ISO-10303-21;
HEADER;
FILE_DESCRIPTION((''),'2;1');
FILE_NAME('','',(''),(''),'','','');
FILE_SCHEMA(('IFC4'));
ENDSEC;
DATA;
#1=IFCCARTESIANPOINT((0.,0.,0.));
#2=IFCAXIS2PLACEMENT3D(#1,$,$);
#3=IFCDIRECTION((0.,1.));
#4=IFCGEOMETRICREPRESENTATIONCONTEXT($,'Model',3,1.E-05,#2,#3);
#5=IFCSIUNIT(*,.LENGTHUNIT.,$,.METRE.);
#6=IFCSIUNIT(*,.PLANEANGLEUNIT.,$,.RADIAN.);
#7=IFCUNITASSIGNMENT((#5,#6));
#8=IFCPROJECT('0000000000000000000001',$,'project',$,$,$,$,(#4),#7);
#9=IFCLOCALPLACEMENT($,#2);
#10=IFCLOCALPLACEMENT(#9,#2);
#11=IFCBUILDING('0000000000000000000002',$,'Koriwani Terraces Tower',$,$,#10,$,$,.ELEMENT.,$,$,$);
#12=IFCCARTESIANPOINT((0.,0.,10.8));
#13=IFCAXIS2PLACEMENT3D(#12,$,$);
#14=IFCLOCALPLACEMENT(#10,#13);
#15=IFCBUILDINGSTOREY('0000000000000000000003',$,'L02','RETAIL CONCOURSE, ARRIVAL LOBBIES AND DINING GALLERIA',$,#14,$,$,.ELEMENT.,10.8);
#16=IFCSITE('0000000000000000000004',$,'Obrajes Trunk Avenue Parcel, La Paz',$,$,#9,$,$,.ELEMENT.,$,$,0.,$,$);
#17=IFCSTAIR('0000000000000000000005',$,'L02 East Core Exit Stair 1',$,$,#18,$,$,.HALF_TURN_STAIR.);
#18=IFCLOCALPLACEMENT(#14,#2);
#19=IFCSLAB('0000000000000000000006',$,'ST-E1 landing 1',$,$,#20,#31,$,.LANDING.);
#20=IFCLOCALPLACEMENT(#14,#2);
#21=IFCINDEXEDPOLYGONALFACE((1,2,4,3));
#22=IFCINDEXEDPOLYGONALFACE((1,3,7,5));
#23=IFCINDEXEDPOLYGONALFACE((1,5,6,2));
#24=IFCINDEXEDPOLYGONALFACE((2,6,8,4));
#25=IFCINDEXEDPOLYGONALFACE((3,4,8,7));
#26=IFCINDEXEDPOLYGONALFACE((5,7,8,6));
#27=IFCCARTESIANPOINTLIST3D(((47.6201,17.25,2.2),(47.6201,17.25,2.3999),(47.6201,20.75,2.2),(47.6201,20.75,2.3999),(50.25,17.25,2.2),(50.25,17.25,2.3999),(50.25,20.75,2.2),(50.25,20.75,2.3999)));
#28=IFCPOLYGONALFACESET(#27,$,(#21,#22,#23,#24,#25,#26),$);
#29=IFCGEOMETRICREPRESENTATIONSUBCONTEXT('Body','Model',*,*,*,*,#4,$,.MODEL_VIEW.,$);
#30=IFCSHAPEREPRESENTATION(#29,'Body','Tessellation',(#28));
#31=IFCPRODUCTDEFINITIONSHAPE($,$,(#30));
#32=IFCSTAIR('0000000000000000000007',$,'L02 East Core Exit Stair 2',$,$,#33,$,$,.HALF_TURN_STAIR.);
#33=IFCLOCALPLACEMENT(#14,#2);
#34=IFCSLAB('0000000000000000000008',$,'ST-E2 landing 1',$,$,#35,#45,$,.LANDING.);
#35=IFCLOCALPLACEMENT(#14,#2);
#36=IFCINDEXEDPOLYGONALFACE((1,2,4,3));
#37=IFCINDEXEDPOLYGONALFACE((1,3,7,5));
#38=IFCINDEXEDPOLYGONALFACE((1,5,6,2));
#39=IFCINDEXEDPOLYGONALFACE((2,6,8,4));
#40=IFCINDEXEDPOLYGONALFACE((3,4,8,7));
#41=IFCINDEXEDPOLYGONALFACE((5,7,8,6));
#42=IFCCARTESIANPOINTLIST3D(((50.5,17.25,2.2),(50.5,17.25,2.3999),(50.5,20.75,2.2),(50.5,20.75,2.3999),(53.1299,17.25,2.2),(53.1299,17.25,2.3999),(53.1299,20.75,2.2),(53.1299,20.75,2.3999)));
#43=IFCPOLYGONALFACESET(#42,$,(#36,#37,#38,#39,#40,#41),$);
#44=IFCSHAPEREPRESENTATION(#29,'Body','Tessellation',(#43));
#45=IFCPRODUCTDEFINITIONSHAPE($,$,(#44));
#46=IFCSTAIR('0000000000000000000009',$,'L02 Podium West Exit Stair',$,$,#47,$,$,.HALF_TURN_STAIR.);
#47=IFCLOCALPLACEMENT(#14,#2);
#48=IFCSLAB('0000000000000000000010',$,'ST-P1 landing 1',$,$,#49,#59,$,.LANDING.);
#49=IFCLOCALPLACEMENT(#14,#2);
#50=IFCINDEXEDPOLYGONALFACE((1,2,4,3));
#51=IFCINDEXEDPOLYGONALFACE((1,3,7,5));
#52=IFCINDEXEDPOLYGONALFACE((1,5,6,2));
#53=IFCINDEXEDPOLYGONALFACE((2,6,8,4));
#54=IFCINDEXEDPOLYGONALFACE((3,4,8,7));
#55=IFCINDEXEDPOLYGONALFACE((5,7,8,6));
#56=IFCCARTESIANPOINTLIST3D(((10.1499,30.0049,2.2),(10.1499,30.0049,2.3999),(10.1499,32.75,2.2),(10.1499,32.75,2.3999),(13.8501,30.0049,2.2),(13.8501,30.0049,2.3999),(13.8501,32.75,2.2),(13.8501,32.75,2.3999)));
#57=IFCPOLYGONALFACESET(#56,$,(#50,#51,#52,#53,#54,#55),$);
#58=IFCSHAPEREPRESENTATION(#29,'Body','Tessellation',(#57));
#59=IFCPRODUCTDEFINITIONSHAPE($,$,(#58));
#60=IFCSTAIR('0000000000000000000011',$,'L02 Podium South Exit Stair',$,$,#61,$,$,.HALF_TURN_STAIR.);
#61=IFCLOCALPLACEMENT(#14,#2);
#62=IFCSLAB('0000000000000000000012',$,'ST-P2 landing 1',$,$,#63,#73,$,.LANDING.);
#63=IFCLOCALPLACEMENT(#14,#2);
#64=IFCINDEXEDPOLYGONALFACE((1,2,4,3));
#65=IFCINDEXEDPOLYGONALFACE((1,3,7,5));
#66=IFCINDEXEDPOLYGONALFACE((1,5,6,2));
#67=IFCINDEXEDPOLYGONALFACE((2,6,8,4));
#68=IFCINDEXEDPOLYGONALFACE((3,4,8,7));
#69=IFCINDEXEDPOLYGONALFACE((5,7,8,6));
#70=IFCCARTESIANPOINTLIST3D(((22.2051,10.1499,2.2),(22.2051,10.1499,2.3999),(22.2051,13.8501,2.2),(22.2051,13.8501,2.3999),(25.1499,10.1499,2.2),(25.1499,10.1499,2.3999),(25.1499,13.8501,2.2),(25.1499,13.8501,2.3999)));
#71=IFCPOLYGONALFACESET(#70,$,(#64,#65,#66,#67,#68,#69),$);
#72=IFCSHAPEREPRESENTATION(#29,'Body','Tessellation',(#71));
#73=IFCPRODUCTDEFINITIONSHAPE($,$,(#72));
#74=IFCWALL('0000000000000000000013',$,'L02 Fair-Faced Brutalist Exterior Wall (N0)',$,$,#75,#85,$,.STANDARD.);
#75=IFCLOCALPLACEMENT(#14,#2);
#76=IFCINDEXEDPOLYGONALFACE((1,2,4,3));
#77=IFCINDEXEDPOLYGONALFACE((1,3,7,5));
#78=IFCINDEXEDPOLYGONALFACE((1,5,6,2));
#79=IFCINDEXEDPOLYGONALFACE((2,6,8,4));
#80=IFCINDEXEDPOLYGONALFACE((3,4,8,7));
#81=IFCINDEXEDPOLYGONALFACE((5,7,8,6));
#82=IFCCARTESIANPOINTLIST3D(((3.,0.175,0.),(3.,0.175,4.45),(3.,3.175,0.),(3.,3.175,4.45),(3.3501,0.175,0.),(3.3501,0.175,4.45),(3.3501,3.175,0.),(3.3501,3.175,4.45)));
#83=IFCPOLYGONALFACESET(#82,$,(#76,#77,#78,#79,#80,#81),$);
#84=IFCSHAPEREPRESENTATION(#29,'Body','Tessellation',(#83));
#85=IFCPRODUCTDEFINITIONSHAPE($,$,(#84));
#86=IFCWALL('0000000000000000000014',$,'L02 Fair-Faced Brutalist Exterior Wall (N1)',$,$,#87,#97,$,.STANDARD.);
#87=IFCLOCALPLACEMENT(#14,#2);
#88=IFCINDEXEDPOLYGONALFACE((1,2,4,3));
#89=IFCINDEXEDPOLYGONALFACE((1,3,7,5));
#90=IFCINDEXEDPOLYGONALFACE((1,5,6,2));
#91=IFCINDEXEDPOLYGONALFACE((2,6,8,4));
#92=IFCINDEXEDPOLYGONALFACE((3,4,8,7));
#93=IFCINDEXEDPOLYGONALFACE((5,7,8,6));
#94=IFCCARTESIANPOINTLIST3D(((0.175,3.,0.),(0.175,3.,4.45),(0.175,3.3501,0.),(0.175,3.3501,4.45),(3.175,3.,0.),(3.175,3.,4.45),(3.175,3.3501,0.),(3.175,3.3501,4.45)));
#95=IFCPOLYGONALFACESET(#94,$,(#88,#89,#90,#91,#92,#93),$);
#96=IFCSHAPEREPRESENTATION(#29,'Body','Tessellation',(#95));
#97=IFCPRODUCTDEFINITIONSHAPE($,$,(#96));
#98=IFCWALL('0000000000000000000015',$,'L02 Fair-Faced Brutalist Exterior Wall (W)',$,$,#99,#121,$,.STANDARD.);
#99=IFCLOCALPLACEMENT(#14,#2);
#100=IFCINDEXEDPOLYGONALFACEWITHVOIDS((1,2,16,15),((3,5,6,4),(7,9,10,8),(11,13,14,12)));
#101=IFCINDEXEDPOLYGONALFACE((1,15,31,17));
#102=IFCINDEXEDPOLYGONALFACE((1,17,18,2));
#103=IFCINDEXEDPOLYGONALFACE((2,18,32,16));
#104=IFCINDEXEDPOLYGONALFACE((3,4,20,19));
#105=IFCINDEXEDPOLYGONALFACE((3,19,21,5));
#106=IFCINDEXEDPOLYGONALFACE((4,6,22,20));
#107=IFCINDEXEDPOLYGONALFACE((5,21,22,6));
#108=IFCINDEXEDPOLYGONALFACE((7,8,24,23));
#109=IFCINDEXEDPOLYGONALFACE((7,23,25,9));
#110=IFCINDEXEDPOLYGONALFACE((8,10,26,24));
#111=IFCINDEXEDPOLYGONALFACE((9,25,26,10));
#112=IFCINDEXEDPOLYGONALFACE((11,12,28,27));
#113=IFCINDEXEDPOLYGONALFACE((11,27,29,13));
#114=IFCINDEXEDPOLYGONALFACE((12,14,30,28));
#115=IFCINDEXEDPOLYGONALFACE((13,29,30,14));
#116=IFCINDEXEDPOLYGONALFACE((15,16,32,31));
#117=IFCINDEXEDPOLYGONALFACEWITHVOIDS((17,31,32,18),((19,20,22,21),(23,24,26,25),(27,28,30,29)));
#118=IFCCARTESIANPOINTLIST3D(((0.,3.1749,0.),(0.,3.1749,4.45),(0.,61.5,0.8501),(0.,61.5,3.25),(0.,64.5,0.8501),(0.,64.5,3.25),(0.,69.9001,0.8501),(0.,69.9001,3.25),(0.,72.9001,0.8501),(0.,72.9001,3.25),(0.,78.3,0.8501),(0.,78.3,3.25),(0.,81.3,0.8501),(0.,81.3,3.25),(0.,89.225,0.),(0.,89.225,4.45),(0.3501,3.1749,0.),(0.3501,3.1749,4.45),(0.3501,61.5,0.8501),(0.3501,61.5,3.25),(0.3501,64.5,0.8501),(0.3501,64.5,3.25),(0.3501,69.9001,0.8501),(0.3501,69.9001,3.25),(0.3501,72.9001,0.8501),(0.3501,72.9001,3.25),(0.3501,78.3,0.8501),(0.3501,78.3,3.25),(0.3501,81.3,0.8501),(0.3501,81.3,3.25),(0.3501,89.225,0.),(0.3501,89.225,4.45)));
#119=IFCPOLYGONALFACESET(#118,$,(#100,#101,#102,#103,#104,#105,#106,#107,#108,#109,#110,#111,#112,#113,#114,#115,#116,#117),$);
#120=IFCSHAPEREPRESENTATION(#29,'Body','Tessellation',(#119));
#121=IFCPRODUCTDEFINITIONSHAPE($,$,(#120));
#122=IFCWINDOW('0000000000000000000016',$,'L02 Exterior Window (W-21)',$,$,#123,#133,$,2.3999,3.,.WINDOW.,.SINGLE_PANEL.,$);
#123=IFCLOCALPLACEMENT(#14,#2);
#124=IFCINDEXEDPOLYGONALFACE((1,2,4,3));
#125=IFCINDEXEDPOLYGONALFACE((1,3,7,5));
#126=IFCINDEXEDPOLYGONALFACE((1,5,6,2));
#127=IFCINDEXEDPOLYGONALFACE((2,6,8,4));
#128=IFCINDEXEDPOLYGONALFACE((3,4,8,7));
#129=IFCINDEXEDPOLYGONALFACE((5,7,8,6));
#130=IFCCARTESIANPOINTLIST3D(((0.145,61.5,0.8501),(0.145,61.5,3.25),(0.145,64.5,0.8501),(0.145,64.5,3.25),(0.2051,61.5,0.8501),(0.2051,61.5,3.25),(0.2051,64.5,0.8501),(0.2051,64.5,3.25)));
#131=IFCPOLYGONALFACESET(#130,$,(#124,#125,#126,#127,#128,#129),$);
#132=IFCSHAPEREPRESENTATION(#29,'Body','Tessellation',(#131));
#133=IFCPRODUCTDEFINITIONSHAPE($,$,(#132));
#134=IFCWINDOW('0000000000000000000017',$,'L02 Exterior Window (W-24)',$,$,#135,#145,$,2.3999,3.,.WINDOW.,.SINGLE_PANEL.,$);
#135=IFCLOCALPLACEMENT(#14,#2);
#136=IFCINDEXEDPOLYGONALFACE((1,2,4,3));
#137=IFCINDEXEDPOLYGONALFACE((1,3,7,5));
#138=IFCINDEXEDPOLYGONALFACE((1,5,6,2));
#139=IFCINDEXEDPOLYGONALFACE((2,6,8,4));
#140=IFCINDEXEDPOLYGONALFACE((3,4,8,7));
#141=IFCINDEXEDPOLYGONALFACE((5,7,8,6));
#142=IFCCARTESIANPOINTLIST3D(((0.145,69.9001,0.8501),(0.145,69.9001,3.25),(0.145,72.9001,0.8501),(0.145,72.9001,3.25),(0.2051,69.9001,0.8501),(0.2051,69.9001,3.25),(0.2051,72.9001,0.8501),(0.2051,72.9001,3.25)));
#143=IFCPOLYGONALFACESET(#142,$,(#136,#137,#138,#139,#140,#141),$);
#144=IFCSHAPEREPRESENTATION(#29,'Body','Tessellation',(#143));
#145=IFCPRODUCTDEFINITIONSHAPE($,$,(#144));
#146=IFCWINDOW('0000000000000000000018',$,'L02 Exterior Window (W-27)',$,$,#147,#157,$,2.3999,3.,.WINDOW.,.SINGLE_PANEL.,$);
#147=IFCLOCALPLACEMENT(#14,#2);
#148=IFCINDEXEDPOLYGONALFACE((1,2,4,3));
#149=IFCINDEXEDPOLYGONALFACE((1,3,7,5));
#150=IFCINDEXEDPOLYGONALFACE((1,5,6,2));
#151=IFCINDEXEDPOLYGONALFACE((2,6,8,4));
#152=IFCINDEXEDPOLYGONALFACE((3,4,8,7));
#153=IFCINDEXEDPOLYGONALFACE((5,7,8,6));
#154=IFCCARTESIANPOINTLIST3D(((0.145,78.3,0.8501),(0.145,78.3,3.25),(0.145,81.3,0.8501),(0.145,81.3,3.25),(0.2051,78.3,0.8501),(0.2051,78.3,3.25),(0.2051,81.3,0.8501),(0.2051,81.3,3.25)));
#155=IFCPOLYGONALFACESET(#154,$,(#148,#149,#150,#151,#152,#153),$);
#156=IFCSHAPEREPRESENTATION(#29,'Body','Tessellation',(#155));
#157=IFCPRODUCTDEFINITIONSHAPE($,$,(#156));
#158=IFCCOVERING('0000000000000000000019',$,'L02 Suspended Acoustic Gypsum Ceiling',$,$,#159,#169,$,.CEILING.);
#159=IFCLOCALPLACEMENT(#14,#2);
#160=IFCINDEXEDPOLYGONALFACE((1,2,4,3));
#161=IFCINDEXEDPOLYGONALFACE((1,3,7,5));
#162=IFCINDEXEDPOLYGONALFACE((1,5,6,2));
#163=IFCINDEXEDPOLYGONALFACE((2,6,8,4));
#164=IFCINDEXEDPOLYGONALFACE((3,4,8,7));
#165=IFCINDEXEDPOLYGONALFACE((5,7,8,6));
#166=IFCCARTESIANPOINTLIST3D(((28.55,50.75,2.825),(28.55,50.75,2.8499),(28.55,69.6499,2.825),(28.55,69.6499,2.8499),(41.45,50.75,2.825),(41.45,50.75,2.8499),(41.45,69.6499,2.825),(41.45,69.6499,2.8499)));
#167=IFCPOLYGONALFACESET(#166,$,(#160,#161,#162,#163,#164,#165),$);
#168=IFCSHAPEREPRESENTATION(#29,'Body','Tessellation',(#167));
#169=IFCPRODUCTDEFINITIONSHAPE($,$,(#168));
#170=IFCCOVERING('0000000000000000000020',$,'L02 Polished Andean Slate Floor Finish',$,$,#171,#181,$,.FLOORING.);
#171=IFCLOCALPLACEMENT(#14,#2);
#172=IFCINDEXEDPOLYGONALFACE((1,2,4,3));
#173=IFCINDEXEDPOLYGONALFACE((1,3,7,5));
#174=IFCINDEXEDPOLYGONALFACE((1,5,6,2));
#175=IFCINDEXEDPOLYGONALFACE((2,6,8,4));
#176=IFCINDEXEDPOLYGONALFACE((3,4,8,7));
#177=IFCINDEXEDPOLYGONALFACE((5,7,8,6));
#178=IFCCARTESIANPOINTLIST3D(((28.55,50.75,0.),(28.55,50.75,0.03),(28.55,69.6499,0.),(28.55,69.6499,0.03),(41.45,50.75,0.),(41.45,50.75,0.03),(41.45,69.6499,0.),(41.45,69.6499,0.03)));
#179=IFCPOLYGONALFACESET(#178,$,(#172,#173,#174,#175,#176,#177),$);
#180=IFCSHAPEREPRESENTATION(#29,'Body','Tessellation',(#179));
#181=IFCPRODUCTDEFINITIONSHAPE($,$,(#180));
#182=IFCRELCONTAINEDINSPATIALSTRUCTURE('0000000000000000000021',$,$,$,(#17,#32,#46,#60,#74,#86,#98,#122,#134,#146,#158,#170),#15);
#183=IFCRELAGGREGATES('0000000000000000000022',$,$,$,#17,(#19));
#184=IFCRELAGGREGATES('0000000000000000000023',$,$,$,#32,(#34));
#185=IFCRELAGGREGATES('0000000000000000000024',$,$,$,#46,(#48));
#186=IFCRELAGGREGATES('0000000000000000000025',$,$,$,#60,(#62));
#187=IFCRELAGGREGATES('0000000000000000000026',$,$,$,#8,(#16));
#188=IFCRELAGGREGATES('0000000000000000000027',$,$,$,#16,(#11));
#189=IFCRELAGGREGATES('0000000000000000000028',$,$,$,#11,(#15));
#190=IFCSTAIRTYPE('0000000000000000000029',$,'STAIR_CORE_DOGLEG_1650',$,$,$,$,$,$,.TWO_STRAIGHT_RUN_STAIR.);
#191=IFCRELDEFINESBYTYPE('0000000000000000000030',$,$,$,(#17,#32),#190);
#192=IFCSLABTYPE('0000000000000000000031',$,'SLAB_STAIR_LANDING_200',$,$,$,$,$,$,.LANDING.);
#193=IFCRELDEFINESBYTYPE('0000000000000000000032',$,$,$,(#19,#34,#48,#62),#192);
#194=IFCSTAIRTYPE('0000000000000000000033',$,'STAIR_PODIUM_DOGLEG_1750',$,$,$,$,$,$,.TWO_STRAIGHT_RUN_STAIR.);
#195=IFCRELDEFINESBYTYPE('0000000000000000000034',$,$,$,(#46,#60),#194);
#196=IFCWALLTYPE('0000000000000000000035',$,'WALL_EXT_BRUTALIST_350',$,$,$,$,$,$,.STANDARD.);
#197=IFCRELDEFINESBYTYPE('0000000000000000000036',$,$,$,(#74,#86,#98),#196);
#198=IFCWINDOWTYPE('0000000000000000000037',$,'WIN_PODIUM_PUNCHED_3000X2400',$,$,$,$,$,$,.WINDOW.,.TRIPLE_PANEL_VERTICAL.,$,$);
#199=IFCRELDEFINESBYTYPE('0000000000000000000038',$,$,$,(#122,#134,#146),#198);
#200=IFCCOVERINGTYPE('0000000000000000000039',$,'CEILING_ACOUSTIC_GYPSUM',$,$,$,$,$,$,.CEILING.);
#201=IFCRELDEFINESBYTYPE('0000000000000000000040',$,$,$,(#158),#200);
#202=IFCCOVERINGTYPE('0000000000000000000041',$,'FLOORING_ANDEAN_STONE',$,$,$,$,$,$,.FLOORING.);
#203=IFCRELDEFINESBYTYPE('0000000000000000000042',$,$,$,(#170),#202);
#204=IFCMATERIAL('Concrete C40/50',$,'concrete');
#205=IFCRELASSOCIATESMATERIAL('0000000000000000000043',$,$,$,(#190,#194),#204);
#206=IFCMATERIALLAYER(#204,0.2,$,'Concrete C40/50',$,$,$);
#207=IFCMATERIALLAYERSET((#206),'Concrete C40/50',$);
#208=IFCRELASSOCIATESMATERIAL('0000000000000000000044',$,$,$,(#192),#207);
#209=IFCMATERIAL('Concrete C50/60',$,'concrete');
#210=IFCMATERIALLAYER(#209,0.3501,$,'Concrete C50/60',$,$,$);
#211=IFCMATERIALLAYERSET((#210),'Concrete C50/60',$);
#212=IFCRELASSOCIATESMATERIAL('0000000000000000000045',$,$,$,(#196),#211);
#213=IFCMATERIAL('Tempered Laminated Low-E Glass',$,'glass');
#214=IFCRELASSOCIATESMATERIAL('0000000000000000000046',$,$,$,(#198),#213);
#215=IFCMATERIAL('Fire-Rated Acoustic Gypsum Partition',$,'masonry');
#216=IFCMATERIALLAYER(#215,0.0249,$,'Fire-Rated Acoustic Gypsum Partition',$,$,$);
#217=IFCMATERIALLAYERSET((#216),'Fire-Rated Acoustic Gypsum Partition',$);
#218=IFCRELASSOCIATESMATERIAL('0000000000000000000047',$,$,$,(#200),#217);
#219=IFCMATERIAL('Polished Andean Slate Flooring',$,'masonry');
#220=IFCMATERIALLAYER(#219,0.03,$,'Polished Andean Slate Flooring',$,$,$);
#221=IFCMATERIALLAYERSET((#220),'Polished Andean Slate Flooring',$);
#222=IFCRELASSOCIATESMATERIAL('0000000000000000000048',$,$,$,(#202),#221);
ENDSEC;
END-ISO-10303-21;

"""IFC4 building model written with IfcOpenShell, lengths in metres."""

from ifc_helpers import new_model, si_unit, direction, frame, frame_2d, origin, place, context, subcontext, project, spatial, polyline, rectangle, outline, extrude, material, layer, layer_set, type_object, element, fill, aggregate, save


model = new_model("IFC4")

# Units and contexts
model_context = context("Model", 3, precision=1e-05, world=origin(), true_north=direction((0.0, 1.0)))
body_context = subcontext(model_context, "Body", "Model", "MODEL_VIEW")
ifc_project = project(units=[si_unit("LENGTHUNIT", "METRE"), si_unit("PLANEANGLEUNIT", "RADIAN")], contexts=[model_context])

# Site, building, storey
site_placement = place(None, origin())
site = spatial("IfcSite", under=ifc_project, at=site_placement, Name="Obrajes Trunk Avenue Parcel, La Paz", CompositionType="ELEMENT", RefElevation=0.0)
building_placement = place(site_placement, origin())
building = spatial("IfcBuilding", under=site, at=building_placement, Name="Koriwani Terraces Tower", CompositionType="ELEMENT")
storey_placement = place(building_placement, frame((0.0, 0.0, 10.8)))
storey = spatial("IfcBuildingStorey", under=building, at=storey_placement, Name="L02", Description="RETAIL CONCOURSE, ARRIVAL LOBBIES AND DINING GALLERIA", CompositionType="ELEMENT", Elevation=10.8)

# Shared definitions
ifc_material_1 = material(Name="Concrete C50/60", Category="concrete")

# Stairs, slabs
ifc_material_2 = material(Name="Concrete C40/50", Category="concrete")
stair_type_1 = type_object("IfcStairType", Name="STAIR_CORE_DOGLEG_1650", PredefinedType="TWO_STRAIGHT_RUN_STAIR", material=ifc_material_2)
ifc_layer_1 = layer(ifc_material_2, 0.2, Name="Concrete C40/50")
ifc_layer_set_1 = layer_set([ifc_layer_1], Name="Concrete C40/50")
slab_type_1 = type_object("IfcSlabType", Name="SLAB_STAIR_LANDING_200", PredefinedType="LANDING", material=ifc_layer_set_1)
stair_1_placement = place(storey_placement, origin())
stair_1 = element("IfcStair", 1, at=stair_1_placement, inside=storey, type_object=stair_type_1, Name="L02 East Core Exit Stair 1", PredefinedType="HALF_TURN_STAIR")
slab_1_placement = place(storey_placement, frame((0.0, 0.0, 2.2)))
slab_1 = element("IfcSlab", 2, at=slab_1_placement, type_object=slab_type_1, Name="ST-E1 landing 1", PredefinedType="LANDING", context=body_context, shape_type="SweptSolid", body=[
    extrude(outline(polyline([(47.6201, 17.25), (50.25, 17.25), (50.25, 20.75), (47.6201, 20.75), (47.6201, 17.25)])), origin(), (0.0, 0.0, 1.0), 0.2),
])
aggregate(stair_1, [slab_1])
stair_2_placement = place(storey_placement, origin())
stair_2 = element("IfcStair", 3, at=stair_2_placement, inside=storey, type_object=stair_type_1, Name="L02 East Core Exit Stair 2", PredefinedType="HALF_TURN_STAIR")
slab_2_placement = place(storey_placement, frame((0.0, 0.0, 2.2)))
slab_2 = element("IfcSlab", 4, at=slab_2_placement, type_object=slab_type_1, Name="ST-E2 landing 1", PredefinedType="LANDING", context=body_context, shape_type="SweptSolid", body=[
    extrude(outline(polyline([(53.1299, 20.75), (50.5, 20.75), (50.5, 17.25), (53.1299, 17.25), (53.1299, 20.75)])), origin(), (0.0, 0.0, 1.0), 0.2),
])
aggregate(stair_2, [slab_2])
stair_type_2 = type_object("IfcStairType", Name="STAIR_PODIUM_DOGLEG_1750", PredefinedType="TWO_STRAIGHT_RUN_STAIR", material=ifc_material_2)
stair_3_placement = place(storey_placement, origin())
stair_3 = element("IfcStair", 5, at=stair_3_placement, inside=storey, type_object=stair_type_2, Name="L02 Podium West Exit Stair", PredefinedType="HALF_TURN_STAIR")
slab_3_placement = place(storey_placement, frame((0.0, 0.0, 2.2)))
slab_3 = element("IfcSlab", 6, at=slab_3_placement, type_object=slab_type_1, Name="ST-P1 landing 1", PredefinedType="LANDING", context=body_context, shape_type="SweptSolid", body=[
    extrude(outline(polyline([(13.8501, 30.0049), (13.8501, 32.75), (10.1499, 32.75), (10.1499, 30.0049), (13.8501, 30.0049)])), origin(), (0.0, 0.0, 1.0), 0.2),
])
aggregate(stair_3, [slab_3])
stair_4_placement = place(storey_placement, origin())
stair_4 = element("IfcStair", 7, at=stair_4_placement, inside=storey, type_object=stair_type_2, Name="L02 Podium South Exit Stair", PredefinedType="HALF_TURN_STAIR")
slab_4_placement = place(storey_placement, frame((0.0, 0.0, 2.2)))
slab_4 = element("IfcSlab", 8, at=slab_4_placement, type_object=slab_type_1, Name="ST-P2 landing 1", PredefinedType="LANDING", context=body_context, shape_type="SweptSolid", body=[
    extrude(outline(polyline([(22.2051, 10.1499), (25.1499, 10.1499), (25.1499, 13.8501), (22.2051, 13.8501), (22.2051, 10.1499)])), origin(), (0.0, 0.0, 1.0), 0.2),
])
aggregate(stair_4, [slab_4])

# Walls
ifc_layer_2 = layer(ifc_material_1, 0.3501, Name="Concrete C50/60")
ifc_layer_set_2 = layer_set([ifc_layer_2], Name="Concrete C50/60")
wall_type = type_object("IfcWallType", Name="WALL_EXT_BRUTALIST_350", PredefinedType="STANDARD", material=ifc_layer_set_2)
for number, where, z_axis, x_axis, name in (
    (9, (3.175, 0.175, 0.0), (0.0, 0.0, 1.0), (0.0, 1.0, 0.0), "L02 Fair-Faced Brutalist Exterior Wall (N0)"),
    (10, (3.175, 3.175, 0.0), (0.0, 0.0, 1.0), (-1.0, 0.0, 0.0), "L02 Fair-Faced Brutalist Exterior Wall (N1)"),
):
    element("IfcWall", number, at=place(storey_placement, frame(where, z_axis=z_axis, x_axis=x_axis)), inside=storey, type_object=wall_type, Name=name, PredefinedType="STANDARD", context=body_context, shape_type="SweptSolid", body=[
        extrude(rectangle(XDim=3.0, YDim=0.3501, at=frame_2d((1.5, 0.0))), origin(), (0.0, 0.0, 1.0), 4.45),
    ])

# Wall, openings, windows
wall_placement = place(storey_placement, frame((0.175, 3.175, 0.0), z_axis=(0.0, 0.0, 1.0), x_axis=(0.0, 1.0, 0.0)))
wall = element("IfcWall", 11, at=wall_placement, inside=storey, type_object=wall_type, Name="L02 Fair-Faced Brutalist Exterior Wall (W)", PredefinedType="STANDARD", context=body_context, shape_type="SweptSolid", body=[
    extrude(rectangle(XDim=86.05, YDim=0.3501, at=frame_2d((43.0249, 0.0))), origin(), (0.0, 0.0, 1.0), 4.45),
])
opening_1_placement = place(wall_placement, frame((58.325, 0.0, 0.8501)))
opening_1 = element("IfcOpeningElement", 12, at=opening_1_placement, cuts=wall, PredefinedType="OPENING", context=body_context, shape_type="SweptSolid", body=[
    extrude(rectangle(XDim=3.0, YDim=2.3999, at=frame_2d((1.5, 1.2))), frame((0.0, 0.1851, 0.0), z_axis=(0.0, -1.0, 0.0), x_axis=(1.0, 0.0, 0.0)), (0.0, 0.0, 1.0), 0.3701),
])
opening_2_placement = place(wall_placement, frame((66.7251, 0.0, 0.8501)))
opening_2 = element("IfcOpeningElement", 13, at=opening_2_placement, cuts=wall, PredefinedType="OPENING", context=body_context, shape_type="SweptSolid", body=[
    extrude(rectangle(XDim=3.0, YDim=2.3999, at=frame_2d((1.5, 1.2))), frame((0.0, 0.1851, 0.0), z_axis=(0.0, -1.0, 0.0), x_axis=(1.0, 0.0, 0.0)), (0.0, 0.0, 1.0), 0.3701),
])
opening_3_placement = place(wall_placement, frame((75.125, 0.0, 0.8501)))
opening_3 = element("IfcOpeningElement", 14, at=opening_3_placement, cuts=wall, PredefinedType="OPENING", context=body_context, shape_type="SweptSolid", body=[
    extrude(rectangle(XDim=3.0, YDim=2.3999, at=frame_2d((1.5, 1.2))), frame((0.0, 0.1851, 0.0), z_axis=(0.0, -1.0, 0.0), x_axis=(1.0, 0.0, 0.0)), (0.0, 0.0, 1.0), 0.3701),
])
ifc_material_3 = material(Name="Tempered Laminated Low-E Glass", Category="glass")
window_type = type_object("IfcWindowType", Name="WIN_PODIUM_PUNCHED_3000X2400", PartitioningType="TRIPLE_PANEL_VERTICAL", PredefinedType="WINDOW", material=ifc_material_3)
window_1_placement = place(opening_1_placement, origin())
window_1 = element("IfcWindow", 15, at=window_1_placement, inside=storey, type_object=window_type, Name="L02 Exterior Window (W-21)", OverallHeight=2.3999, OverallWidth=3.0, PartitioningType="SINGLE_PANEL", PredefinedType="WINDOW", context=body_context, shape_type="SweptSolid", body=[
    extrude(rectangle(XDim=3.0, YDim=2.3999, at=frame_2d((1.5, 1.2))), frame((0.0, 0.03, 0.0), z_axis=(0.0, -1.0, 0.0), x_axis=(1.0, 0.0, 0.0)), (0.0, 0.0, 1.0), 0.0601),
])
fill(opening_1, window_1)
window_2_placement = place(opening_2_placement, origin())
window_2 = element("IfcWindow", 16, at=window_2_placement, inside=storey, type_object=window_type, Name="L02 Exterior Window (W-24)", OverallHeight=2.3999, OverallWidth=3.0, PartitioningType="SINGLE_PANEL", PredefinedType="WINDOW", context=body_context, shape_type="SweptSolid", body=[
    extrude(rectangle(XDim=3.0, YDim=2.3999, at=frame_2d((1.5, 1.2))), frame((0.0, 0.03, 0.0), z_axis=(0.0, -1.0, 0.0), x_axis=(1.0, 0.0, 0.0)), (0.0, 0.0, 1.0), 0.0601),
])
fill(opening_2, window_2)
window_3_placement = place(opening_3_placement, origin())
window_3 = element("IfcWindow", 17, at=window_3_placement, inside=storey, type_object=window_type, Name="L02 Exterior Window (W-27)", OverallHeight=2.3999, OverallWidth=3.0, PartitioningType="SINGLE_PANEL", PredefinedType="WINDOW", context=body_context, shape_type="SweptSolid", body=[
    extrude(rectangle(XDim=3.0, YDim=2.3999, at=frame_2d((1.5, 1.2))), frame((0.0, 0.03, 0.0), z_axis=(0.0, -1.0, 0.0), x_axis=(1.0, 0.0, 0.0)), (0.0, 0.0, 1.0), 0.0601),
])
fill(opening_3, window_3)

# Coverings
ifc_material_4 = material(Name="Fire-Rated Acoustic Gypsum Partition", Category="masonry")
ifc_layer_3 = layer(ifc_material_4, 0.0249, Name="Fire-Rated Acoustic Gypsum Partition")
ifc_layer_set_3 = layer_set([ifc_layer_3], Name="Fire-Rated Acoustic Gypsum Partition")
covering_type_1 = type_object("IfcCoveringType", Name="CEILING_ACOUSTIC_GYPSUM", PredefinedType="CEILING", material=ifc_layer_set_3)
covering_1_placement = place(storey_placement, frame((0.0, 0.0, 2.825)))
element("IfcCovering", 18, at=covering_1_placement, inside=storey, type_object=covering_type_1, Name="L02 Suspended Acoustic Gypsum Ceiling", PredefinedType="CEILING", context=body_context, shape_type="SweptSolid", body=[
    extrude(outline(polyline([(28.55, 50.75), (28.55, 69.6499), (41.45, 69.6499), (41.45, 50.75), (28.55, 50.75)])), origin(), (0.0, 0.0, 1.0), 0.0249),
])
ifc_material_5 = material(Name="Polished Andean Slate Flooring", Category="masonry")
ifc_layer_4 = layer(ifc_material_5, 0.03, Name="Polished Andean Slate Flooring")
ifc_layer_set_4 = layer_set([ifc_layer_4], Name="Polished Andean Slate Flooring")
covering_type_2 = type_object("IfcCoveringType", Name="FLOORING_ANDEAN_STONE", PredefinedType="FLOORING", material=ifc_layer_set_4)
covering_2_placement = place(storey_placement, origin())
element("IfcCovering", 19, at=covering_2_placement, inside=storey, type_object=covering_type_2, Name="L02 Polished Andean Slate Floor Finish", PredefinedType="FLOORING", context=body_context, shape_type="SweptSolid", body=[
    extrude(outline(polyline([(28.55, 50.75), (28.55, 69.6499), (41.45, 69.6499), (41.45, 50.75), (28.55, 50.75)])), origin(), (0.0, 0.0, 1.0), 0.03),
])

save(model, "model.ifc")
